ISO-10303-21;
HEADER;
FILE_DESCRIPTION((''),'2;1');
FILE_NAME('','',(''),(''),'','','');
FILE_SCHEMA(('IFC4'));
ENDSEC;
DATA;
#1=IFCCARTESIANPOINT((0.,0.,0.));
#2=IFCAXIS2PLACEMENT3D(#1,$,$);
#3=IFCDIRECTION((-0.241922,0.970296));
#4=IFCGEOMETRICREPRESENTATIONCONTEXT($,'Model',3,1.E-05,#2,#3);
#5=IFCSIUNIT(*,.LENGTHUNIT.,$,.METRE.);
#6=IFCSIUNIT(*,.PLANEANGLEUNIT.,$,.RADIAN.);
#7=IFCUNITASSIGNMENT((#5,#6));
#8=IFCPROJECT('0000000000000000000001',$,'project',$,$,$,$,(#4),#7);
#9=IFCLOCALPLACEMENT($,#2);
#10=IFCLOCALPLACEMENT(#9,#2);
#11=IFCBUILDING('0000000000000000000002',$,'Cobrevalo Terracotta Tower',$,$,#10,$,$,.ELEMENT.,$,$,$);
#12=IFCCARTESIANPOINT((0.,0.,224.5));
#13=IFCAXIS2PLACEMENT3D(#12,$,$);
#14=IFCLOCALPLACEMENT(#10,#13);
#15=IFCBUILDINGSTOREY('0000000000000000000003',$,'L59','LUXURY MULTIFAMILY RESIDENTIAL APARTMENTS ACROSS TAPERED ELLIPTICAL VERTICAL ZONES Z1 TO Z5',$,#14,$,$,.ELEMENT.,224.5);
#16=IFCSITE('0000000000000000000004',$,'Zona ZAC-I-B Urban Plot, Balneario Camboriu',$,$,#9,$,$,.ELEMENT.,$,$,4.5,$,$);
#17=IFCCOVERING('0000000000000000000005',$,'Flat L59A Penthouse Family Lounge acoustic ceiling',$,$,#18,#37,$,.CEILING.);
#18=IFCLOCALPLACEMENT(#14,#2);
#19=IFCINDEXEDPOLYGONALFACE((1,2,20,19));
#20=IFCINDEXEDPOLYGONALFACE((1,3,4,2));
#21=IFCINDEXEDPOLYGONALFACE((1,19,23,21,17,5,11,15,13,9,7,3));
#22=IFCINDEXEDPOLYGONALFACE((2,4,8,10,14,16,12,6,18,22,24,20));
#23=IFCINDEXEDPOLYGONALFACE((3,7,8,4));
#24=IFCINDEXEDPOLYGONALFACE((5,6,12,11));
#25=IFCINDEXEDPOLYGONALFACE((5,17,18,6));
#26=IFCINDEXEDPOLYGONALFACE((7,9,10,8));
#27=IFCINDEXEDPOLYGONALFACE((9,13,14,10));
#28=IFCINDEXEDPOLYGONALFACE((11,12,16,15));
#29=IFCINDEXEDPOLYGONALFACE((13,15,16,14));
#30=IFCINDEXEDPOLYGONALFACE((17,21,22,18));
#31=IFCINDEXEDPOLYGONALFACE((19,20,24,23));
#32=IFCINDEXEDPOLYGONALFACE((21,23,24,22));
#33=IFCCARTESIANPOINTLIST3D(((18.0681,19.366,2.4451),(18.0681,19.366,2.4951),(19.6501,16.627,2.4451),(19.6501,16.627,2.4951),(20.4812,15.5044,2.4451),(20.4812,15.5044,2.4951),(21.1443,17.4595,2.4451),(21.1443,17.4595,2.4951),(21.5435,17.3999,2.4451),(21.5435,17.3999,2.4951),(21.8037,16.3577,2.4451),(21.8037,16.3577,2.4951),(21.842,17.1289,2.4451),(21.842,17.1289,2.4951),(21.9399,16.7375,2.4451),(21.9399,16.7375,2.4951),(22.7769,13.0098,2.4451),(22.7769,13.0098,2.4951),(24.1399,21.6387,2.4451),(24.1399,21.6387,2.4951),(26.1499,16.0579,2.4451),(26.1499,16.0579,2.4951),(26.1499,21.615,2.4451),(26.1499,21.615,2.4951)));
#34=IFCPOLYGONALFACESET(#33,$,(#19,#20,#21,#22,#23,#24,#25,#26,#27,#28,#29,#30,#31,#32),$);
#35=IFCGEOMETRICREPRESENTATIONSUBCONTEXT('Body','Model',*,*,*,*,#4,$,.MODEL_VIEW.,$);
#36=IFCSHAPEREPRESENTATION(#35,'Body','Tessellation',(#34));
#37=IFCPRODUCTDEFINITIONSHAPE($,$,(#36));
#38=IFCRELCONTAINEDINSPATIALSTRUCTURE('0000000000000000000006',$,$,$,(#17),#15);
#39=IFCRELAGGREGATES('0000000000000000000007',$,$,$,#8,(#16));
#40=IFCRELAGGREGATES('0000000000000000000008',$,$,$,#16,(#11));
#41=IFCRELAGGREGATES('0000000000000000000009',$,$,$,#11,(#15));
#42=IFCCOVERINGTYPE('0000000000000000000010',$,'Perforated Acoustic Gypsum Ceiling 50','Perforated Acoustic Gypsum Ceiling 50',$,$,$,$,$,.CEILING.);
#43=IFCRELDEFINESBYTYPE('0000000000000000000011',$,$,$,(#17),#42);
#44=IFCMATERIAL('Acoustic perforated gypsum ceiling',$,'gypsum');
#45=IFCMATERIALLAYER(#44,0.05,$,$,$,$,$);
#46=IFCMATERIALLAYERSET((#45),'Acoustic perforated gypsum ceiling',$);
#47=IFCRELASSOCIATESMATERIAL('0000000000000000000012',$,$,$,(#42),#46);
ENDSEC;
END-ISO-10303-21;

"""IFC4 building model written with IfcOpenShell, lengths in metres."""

from ifc_helpers import new_model, si_unit, direction, frame, origin, place, context, subcontext, project, spatial, polyline, outline, extrude, material, layer, layer_set, type_object, element, save


model = new_model("IFC4")

# Units and contexts
model_context = context("Model", 3, precision=1e-05, world=origin(), true_north=direction((-0.241922, 0.970296)))
body_context = subcontext(model_context, "Body", "Model", "MODEL_VIEW")
ifc_project = project(units=[si_unit("LENGTHUNIT", "METRE"), si_unit("PLANEANGLEUNIT", "RADIAN")], contexts=[model_context])

# Site, building, storey
site_placement = place(None, origin())
site = spatial("IfcSite", under=ifc_project, at=site_placement, Name="Zona ZAC-I-B Urban Plot, Balneario Camboriu", CompositionType="ELEMENT", RefElevation=4.5)
building_placement = place(site_placement, origin())
building = spatial("IfcBuilding", under=site, at=building_placement, Name="Cobrevalo Terracotta Tower", CompositionType="ELEMENT")
storey_placement = place(building_placement, frame((0.0, 0.0, 224.5)))
storey = spatial("IfcBuildingStorey", under=building, at=storey_placement, Name="L59", Description="LUXURY MULTIFAMILY RESIDENTIAL APARTMENTS ACROSS TAPERED ELLIPTICAL VERTICAL ZONES Z1 TO Z5", CompositionType="ELEMENT", Elevation=224.5)

# Covering
ifc_material_1 = material(Name="Acoustic perforated gypsum ceiling", Category="gypsum")
ifc_layer_1 = layer(ifc_material_1, 0.05)
ifc_layer_set_1 = layer_set([ifc_layer_1], Name="Acoustic perforated gypsum ceiling")
covering_type_1 = type_object("IfcCoveringType", Name="Perforated Acoustic Gypsum Ceiling 50", Description="Perforated Acoustic Gypsum Ceiling 50", PredefinedType="CEILING", material=ifc_layer_set_1)
covering_1_placement = place(storey_placement, frame((0.0, 0.0, 2.4451)))
element("IfcCovering", 1, at=covering_1_placement, inside=storey, type_object=covering_type_1, Name="Flat L59A Penthouse Family Lounge acoustic ceiling", PredefinedType="CEILING", context=body_context, shape_type="SweptSolid", body=[
    extrude(outline(polyline([(22.7769, 13.0098), (20.4812, 15.5044), (21.8037, 16.3577), (21.9399, 16.7375), (21.842, 17.1289), (21.5435, 17.3999), (21.1443, 17.4595), (19.6501, 16.627), (18.0681, 19.366), (24.1399, 21.6387), (26.1499, 21.615), (26.1499, 16.0579), (22.7769, 13.0098)])), origin(), (0.0, 0.0, 1.0), 0.05),
])

save(model, "model.ifc")
